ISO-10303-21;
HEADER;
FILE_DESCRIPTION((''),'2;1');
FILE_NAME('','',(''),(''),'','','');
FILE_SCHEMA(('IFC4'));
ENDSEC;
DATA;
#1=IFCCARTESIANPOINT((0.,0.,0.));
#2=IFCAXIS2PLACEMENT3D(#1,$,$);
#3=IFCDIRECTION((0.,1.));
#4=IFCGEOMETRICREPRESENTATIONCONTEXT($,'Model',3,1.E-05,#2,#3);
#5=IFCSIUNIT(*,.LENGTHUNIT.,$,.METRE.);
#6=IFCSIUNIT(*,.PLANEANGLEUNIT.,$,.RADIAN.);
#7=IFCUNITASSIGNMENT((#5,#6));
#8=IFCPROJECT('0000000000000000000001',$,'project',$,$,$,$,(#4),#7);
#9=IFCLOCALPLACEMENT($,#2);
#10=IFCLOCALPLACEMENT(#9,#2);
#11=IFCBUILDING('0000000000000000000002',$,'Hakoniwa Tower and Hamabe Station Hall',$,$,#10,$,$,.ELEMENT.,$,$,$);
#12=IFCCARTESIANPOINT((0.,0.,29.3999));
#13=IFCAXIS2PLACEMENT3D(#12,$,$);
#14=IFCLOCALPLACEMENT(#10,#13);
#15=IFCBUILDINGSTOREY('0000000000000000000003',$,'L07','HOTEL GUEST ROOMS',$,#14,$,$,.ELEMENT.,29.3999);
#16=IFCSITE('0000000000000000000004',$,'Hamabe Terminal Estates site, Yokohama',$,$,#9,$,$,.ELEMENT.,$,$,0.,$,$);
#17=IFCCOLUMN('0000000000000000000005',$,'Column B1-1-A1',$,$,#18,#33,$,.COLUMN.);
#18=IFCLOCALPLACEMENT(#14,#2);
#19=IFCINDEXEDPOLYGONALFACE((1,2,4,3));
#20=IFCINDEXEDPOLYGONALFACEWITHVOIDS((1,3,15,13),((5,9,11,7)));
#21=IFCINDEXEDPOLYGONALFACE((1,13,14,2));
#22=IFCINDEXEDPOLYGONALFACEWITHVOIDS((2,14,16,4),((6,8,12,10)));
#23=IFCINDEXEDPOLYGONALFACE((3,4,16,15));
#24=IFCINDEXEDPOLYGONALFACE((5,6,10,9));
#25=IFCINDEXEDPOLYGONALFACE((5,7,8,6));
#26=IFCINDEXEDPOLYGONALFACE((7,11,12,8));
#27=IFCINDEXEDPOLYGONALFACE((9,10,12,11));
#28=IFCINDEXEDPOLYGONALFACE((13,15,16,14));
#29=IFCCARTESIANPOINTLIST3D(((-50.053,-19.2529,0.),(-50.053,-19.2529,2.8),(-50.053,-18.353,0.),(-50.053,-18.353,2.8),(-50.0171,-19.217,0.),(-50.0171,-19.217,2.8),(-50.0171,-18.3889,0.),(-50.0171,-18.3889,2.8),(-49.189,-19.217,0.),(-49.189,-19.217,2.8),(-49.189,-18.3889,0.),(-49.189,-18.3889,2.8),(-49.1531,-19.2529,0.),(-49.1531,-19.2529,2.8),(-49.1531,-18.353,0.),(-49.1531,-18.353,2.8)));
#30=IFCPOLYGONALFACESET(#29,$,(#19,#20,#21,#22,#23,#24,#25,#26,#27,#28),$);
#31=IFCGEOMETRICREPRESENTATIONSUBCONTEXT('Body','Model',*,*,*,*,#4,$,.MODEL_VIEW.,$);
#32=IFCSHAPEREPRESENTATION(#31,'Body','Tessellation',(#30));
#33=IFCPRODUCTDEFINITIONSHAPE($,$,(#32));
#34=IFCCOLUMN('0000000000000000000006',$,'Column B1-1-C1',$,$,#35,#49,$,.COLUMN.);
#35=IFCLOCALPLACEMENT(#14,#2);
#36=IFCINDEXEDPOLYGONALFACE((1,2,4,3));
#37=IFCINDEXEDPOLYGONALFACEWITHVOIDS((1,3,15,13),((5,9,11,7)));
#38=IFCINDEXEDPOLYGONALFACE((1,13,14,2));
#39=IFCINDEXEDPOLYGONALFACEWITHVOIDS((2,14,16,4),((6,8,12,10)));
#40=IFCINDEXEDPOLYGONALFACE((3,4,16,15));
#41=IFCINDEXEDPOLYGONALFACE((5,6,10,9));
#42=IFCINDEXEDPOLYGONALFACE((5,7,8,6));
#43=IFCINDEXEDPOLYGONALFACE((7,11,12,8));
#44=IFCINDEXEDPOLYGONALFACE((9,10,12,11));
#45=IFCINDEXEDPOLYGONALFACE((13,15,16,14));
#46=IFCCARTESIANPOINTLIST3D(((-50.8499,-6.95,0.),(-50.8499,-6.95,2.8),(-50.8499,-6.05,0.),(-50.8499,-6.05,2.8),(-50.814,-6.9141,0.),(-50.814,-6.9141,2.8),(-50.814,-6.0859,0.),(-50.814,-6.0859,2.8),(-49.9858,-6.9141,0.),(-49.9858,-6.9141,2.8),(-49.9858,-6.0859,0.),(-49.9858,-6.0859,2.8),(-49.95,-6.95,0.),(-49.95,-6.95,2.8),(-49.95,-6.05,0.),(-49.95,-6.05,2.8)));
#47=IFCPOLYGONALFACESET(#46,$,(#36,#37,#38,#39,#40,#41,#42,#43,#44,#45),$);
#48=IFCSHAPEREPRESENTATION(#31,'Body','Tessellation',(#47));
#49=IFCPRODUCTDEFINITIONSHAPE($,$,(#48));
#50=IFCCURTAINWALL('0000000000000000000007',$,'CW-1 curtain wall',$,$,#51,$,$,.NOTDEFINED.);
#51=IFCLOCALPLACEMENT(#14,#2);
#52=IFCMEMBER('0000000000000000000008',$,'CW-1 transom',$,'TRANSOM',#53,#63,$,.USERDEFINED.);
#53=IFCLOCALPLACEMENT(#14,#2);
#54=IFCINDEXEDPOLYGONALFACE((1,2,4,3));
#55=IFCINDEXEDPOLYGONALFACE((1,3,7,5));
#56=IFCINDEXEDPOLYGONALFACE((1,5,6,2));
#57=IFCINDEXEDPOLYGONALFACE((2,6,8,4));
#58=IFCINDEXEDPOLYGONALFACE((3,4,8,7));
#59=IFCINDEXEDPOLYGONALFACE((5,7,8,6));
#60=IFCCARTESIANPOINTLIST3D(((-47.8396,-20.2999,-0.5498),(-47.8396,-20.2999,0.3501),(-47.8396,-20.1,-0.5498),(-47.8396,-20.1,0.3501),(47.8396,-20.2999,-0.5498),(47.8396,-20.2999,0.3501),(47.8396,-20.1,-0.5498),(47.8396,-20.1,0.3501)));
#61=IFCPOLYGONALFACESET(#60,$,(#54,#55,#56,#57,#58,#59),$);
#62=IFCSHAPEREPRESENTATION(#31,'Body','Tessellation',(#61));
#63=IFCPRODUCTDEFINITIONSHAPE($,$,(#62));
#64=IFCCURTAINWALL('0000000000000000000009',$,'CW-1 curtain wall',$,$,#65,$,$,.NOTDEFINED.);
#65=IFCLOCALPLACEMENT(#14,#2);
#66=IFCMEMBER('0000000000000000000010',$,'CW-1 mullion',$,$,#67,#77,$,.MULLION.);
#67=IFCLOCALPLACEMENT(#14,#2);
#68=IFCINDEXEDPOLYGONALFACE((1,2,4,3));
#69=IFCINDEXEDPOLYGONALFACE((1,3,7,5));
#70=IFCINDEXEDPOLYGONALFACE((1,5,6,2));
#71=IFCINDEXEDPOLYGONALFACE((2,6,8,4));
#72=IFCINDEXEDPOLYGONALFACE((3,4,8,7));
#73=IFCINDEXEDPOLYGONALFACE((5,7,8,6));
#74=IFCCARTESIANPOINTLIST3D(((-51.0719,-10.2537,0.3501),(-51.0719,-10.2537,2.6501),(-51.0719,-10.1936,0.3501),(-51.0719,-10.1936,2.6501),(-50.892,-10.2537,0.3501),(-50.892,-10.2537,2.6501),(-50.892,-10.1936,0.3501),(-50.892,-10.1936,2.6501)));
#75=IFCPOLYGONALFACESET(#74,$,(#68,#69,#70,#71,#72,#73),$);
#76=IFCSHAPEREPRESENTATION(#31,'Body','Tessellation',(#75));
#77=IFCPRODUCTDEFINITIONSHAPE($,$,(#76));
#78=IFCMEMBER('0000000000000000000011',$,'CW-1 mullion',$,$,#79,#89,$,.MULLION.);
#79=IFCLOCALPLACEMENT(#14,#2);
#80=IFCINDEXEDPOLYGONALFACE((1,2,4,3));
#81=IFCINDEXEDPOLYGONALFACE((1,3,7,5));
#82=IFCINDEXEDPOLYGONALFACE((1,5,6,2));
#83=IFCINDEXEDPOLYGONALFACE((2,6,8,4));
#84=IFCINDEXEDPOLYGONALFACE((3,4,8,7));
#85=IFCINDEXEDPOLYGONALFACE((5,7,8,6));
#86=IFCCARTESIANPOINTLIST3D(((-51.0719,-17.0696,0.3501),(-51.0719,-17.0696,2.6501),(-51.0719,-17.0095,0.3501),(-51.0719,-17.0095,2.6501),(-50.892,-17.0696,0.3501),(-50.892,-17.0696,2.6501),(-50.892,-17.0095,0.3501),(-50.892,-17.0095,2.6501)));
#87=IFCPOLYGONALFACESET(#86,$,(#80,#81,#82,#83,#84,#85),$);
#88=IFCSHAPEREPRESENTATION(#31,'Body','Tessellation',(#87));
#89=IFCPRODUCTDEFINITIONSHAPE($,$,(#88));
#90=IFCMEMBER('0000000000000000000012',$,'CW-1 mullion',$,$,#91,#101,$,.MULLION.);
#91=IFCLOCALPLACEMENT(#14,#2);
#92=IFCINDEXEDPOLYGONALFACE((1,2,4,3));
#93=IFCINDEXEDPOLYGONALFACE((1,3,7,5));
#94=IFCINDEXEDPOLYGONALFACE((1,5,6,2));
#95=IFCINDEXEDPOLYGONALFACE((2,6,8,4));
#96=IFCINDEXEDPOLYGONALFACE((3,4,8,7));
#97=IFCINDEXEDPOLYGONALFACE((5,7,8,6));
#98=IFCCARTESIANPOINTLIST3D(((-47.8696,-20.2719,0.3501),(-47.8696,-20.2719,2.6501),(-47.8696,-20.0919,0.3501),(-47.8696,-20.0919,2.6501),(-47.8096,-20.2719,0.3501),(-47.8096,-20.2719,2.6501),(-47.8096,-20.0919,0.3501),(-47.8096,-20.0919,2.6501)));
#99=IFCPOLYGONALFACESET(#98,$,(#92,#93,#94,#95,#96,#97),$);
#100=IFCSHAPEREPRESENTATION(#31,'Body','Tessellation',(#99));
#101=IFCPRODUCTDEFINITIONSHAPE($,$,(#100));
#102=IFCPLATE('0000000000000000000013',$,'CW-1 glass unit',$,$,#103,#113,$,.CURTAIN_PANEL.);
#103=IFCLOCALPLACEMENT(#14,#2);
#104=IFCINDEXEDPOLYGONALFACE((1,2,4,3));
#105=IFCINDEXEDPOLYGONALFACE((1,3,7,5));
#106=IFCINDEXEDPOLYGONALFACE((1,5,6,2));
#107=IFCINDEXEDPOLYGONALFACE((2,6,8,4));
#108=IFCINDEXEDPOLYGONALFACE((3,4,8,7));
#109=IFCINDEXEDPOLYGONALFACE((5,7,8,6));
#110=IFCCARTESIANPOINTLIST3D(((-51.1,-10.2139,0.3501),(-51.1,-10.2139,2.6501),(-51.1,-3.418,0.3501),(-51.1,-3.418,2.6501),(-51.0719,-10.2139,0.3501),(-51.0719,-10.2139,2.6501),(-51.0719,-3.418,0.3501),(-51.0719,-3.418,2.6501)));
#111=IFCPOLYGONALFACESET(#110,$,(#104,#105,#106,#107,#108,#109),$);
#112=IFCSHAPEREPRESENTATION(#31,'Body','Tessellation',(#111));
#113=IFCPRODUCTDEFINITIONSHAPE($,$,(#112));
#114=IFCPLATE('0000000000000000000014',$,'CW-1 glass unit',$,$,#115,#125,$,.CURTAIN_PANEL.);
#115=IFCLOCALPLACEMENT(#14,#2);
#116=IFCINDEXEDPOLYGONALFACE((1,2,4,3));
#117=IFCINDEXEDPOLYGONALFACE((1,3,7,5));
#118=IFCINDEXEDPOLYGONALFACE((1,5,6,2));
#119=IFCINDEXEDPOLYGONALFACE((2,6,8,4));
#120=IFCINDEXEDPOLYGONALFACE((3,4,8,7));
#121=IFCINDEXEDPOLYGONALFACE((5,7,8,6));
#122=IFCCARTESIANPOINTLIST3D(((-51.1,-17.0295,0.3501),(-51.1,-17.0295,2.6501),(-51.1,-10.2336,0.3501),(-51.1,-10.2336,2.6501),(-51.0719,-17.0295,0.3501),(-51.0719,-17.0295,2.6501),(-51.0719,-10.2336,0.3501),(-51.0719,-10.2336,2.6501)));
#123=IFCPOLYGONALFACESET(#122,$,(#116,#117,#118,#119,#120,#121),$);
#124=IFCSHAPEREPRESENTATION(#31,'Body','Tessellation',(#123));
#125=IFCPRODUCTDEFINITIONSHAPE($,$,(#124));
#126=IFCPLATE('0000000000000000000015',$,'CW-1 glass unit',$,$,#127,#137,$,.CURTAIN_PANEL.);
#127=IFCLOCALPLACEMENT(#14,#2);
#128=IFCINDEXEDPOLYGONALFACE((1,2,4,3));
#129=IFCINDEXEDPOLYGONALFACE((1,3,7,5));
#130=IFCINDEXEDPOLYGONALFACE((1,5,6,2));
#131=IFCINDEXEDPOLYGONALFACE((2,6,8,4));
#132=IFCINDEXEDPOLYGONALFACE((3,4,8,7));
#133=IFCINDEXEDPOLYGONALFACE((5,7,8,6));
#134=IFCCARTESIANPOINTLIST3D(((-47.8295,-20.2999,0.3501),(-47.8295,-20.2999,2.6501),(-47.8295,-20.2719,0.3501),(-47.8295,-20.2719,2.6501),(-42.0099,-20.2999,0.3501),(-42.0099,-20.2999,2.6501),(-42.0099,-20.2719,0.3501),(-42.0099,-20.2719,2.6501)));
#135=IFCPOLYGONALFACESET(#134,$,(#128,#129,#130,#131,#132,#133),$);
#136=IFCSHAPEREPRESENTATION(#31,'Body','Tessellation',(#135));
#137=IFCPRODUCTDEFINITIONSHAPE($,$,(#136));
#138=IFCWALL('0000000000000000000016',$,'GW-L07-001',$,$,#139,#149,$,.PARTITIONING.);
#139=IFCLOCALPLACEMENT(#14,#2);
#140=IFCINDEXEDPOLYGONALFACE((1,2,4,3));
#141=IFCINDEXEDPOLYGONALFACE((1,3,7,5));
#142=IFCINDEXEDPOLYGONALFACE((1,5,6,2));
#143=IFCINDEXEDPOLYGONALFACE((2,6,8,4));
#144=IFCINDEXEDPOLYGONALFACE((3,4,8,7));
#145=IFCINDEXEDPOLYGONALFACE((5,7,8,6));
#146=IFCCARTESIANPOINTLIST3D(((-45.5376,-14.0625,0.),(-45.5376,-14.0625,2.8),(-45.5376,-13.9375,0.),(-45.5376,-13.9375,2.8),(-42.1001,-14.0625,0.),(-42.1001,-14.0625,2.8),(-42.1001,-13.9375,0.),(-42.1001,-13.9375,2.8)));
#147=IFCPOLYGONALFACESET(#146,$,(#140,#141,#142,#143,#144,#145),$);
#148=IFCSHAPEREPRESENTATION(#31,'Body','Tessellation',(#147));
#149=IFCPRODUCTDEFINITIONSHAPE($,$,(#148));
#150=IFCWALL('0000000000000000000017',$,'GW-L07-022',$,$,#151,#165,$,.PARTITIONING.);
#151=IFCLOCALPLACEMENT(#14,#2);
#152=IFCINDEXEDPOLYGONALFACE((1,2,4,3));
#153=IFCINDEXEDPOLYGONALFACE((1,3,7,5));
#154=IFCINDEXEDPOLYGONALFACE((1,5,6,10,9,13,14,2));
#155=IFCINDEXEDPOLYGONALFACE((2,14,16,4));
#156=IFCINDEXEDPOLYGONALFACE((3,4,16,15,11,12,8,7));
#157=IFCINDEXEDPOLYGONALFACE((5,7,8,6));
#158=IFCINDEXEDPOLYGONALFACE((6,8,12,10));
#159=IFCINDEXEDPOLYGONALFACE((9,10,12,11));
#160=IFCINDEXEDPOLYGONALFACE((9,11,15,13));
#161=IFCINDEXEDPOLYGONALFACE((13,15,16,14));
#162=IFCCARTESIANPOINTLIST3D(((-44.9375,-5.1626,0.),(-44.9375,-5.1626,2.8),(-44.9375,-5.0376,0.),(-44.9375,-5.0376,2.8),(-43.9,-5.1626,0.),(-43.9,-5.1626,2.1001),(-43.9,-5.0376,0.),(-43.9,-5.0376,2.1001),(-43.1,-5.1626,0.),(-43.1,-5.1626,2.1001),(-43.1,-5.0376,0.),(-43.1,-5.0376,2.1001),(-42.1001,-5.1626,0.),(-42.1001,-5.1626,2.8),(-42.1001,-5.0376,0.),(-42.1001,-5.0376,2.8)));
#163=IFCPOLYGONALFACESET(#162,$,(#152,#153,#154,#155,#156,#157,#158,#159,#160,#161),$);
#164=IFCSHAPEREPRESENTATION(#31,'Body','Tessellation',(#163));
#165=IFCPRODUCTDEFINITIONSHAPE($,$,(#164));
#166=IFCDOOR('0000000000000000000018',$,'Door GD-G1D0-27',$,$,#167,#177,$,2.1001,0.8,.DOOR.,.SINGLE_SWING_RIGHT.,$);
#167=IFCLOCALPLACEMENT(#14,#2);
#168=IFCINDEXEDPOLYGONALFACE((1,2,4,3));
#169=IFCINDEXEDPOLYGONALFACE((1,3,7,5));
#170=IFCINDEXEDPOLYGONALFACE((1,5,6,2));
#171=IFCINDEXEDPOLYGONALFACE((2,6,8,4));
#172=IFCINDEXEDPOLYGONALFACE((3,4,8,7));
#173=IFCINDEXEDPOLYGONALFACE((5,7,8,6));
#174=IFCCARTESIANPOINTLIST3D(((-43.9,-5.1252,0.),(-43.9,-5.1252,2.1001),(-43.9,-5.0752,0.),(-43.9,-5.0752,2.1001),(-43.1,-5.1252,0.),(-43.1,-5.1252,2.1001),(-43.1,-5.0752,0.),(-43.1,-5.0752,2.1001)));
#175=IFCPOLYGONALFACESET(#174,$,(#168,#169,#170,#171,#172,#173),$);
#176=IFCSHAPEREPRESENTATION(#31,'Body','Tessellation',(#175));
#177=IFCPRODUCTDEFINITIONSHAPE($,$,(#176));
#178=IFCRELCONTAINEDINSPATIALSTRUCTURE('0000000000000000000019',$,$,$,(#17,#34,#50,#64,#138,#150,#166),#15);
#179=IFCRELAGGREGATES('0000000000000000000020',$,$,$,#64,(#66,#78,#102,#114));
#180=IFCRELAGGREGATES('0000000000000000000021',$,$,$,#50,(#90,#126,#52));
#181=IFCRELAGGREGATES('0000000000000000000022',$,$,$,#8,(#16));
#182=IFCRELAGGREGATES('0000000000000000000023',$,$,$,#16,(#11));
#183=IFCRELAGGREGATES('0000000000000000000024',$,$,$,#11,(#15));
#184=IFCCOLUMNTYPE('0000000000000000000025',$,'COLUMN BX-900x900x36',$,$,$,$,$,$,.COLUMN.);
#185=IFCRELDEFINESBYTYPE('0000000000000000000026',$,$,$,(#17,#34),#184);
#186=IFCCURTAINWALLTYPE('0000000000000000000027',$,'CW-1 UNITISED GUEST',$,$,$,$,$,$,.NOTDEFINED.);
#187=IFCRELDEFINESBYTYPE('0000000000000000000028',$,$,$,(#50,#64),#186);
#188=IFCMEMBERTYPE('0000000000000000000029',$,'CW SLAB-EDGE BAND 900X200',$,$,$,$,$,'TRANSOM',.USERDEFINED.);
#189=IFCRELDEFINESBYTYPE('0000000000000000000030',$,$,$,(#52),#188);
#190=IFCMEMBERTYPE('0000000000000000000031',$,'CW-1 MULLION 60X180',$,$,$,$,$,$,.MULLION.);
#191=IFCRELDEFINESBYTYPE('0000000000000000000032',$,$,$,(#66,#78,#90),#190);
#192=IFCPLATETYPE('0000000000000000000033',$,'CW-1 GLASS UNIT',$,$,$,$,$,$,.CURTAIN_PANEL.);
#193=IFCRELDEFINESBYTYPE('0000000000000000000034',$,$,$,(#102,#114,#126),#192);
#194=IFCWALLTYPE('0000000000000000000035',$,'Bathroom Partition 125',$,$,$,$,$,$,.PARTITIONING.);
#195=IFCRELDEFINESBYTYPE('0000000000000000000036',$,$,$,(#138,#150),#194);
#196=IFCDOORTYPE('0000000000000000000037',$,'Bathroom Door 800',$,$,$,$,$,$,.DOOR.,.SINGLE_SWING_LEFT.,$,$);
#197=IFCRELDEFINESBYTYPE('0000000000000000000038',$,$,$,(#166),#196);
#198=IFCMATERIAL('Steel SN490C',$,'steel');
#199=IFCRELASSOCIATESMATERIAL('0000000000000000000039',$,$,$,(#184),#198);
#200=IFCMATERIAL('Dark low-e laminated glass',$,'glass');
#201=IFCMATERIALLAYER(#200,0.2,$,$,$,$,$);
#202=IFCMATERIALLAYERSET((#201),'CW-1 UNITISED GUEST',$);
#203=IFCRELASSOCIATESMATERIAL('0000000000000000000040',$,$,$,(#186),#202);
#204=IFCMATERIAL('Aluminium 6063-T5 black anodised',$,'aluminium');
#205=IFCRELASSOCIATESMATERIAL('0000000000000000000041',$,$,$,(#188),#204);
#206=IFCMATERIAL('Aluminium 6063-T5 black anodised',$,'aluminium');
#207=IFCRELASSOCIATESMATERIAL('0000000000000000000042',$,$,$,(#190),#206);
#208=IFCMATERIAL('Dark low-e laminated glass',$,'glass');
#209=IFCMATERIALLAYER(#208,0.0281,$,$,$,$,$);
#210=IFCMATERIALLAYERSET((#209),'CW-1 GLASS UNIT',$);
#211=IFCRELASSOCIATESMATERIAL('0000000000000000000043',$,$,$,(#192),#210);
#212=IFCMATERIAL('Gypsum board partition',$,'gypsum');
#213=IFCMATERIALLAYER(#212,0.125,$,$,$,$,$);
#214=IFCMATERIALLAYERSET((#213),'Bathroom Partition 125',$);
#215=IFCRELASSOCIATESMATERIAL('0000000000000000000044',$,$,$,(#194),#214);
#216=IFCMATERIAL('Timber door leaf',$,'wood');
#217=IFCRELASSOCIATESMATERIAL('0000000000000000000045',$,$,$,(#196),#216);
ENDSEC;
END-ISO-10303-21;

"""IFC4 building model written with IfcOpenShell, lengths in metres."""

from ifc_helpers import new_model, si_unit, direction, frame, frame_2d, origin, origin_2d, place, context, subcontext, project, spatial, rectangle, hollow_rectangle, extrude, material, layer, layer_set, material_profile, profile_set, type_object, element, fill, aggregate, save


model = new_model("IFC4")

# Units and contexts
model_context = context("Model", 3, precision=1e-05, world=origin(), true_north=direction((0.0, 1.0)))
body_context = subcontext(model_context, "Body", "Model", "MODEL_VIEW")
ifc_project = project(units=[si_unit("LENGTHUNIT", "METRE"), si_unit("PLANEANGLEUNIT", "RADIAN")], contexts=[model_context])

# Site, building, storey
site_placement = place(None, origin())
site = spatial("IfcSite", under=ifc_project, at=site_placement, Name="Hamabe Terminal Estates site, Yokohama", CompositionType="ELEMENT", RefElevation=0.0)
building_placement = place(site_placement, origin())
building = spatial("IfcBuilding", under=site, at=building_placement, Name="Hakoniwa Tower and Hamabe Station Hall", CompositionType="ELEMENT")
storey_placement = place(building_placement, frame((0.0, 0.0, 29.3999)))
storey = spatial("IfcBuildingStorey", under=building, at=storey_placement, Name="L07", Description="HOTEL GUEST ROOMS", CompositionType="ELEMENT", Elevation=29.3999)

# Columns
ifc_material_1 = material(Name="Steel SN490C", Category="steel")
ifc_material_profile_1 = material_profile(ifc_material_1, hollow_rectangle(XDim=0.8999, YDim=0.8999, WallThickness=0.0359, at=origin_2d()), Name="BX-900x900x36")
ifc_profile_set_1 = profile_set([ifc_material_profile_1], Name="Steel SN490C")
column_type = type_object("IfcColumnType", Name="COLUMN BX-900x900x36", PredefinedType="COLUMN", material=ifc_profile_set_1)
for number, where, z_axis, x_axis, name in (
    (1, (-49.603, -18.803, 0.0), (0.0, 0.0, 1.0), (1.0, 0.0, 0.0), "Column B1-1-A1"),
    (2, (-50.3999, -6.5, 0.0), (0.0, 0.0, 1.0), (1.0, 0.0, 0.0), "Column B1-1-C1"),
):
    element("IfcColumn", number, at=place(storey_placement, frame(where, z_axis=z_axis, x_axis=x_axis)), inside=storey, type_object=column_type, Name=name, PredefinedType="COLUMN", context=body_context, shape_type="SweptSolid", body=[
        extrude(hollow_rectangle(XDim=0.8999, YDim=0.8999, WallThickness=0.0359, at=origin_2d()), origin(), (0.0, 0.0, 1.0), 2.8),
    ])

# Curtain wall, member
ifc_material_2 = material(Name="Dark low-e laminated glass", Category="glass")
ifc_layer_1 = layer(ifc_material_2, 0.2)
ifc_layer_set_1 = layer_set([ifc_layer_1], Name="CW-1 UNITISED GUEST")
curtain_wall_type = type_object("IfcCurtainWallType", Name="CW-1 UNITISED GUEST", PredefinedType="NOTDEFINED", material=ifc_layer_set_1)
curtain_wall_1_placement = place(storey_placement, origin())
curtain_wall_1 = element("IfcCurtainWall", 3, at=curtain_wall_1_placement, inside=storey, type_object=curtain_wall_type, Name="CW-1 curtain wall", PredefinedType="NOTDEFINED")
ifc_material_3 = material(Name="Aluminium 6063-T5 black anodised", Category="aluminium")
ifc_material_profile_2 = material_profile(ifc_material_3, rectangle(XDim=0.2, YDim=0.8999, at=origin_2d()), Name="CW SLAB-EDGE BAND 900X200")
ifc_profile_set_2 = profile_set([ifc_material_profile_2], Name="Aluminium 6063-T5 black anodised")
member_type_1 = type_object("IfcMemberType", Name="CW SLAB-EDGE BAND 900X200", ElementType="TRANSOM", PredefinedType="USERDEFINED", material=ifc_profile_set_2)
member_1_placement = place(storey_placement, frame((-47.8396, -20.2, -0.0999), z_axis=(1.0, 0.0, 0.0), x_axis=(0.0, 1.0, 0.0)))
member_1 = element("IfcMember", 4, at=member_1_placement, type_object=member_type_1, Name="CW-1 transom", ObjectType="TRANSOM", PredefinedType="USERDEFINED", context=body_context, shape_type="SweptSolid", body=[
    extrude(rectangle(XDim=0.2, YDim=0.8999, at=origin_2d()), origin(), (0.0, 0.0, 1.0), 95.6792),
])

# Curtain wall, members
curtain_wall_2_placement = place(storey_placement, origin())
curtain_wall_2 = element("IfcCurtainWall", 5, at=curtain_wall_2_placement, inside=storey, type_object=curtain_wall_type, Name="CW-1 curtain wall", PredefinedType="NOTDEFINED")
ifc_material_4 = material(Name="Aluminium 6063-T5 black anodised", Category="aluminium")
ifc_material_profile_3 = material_profile(ifc_material_4, rectangle(XDim=0.0601, YDim=0.1799, at=origin_2d()), Name="CW-1 MULLION 60X180")
ifc_profile_set_3 = profile_set([ifc_material_profile_3], Name="Aluminium 6063-T5 black anodised")
member_type_2 = type_object("IfcMemberType", Name="CW-1 MULLION 60X180", PredefinedType="MULLION", material=ifc_profile_set_3)
member_2_placement = place(storey_placement, frame((-50.9819, -10.2236, 0.3501), z_axis=(0.0, 0.0, 1.0), x_axis=(0.0, -1.0, 0.0)))
member_2 = element("IfcMember", 6, at=member_2_placement, type_object=member_type_2, Name="CW-1 mullion", PredefinedType="MULLION", context=body_context, shape_type="SweptSolid", body=[
    extrude(rectangle(XDim=0.0601, YDim=0.1799, at=origin_2d()), origin(), (0.0, 0.0, 1.0), 2.3),
])
member_3_placement = place(storey_placement, frame((-50.9819, -17.0396, 0.3501), z_axis=(0.0, 0.0, 1.0), x_axis=(0.0, -1.0, 0.0)))
member_3 = element("IfcMember", 7, at=member_3_placement, type_object=member_type_2, Name="CW-1 mullion", PredefinedType="MULLION", context=body_context, shape_type="SweptSolid", body=[
    extrude(rectangle(XDim=0.0601, YDim=0.1799, at=origin_2d()), origin(), (0.0, 0.0, 1.0), 2.3),
])

# Member
member_4_placement = place(storey_placement, frame((-47.8396, -20.1819, 0.3501), z_axis=(0.0, 0.0, 1.0), x_axis=(1.0, 0.0, 0.0)))
member_4 = element("IfcMember", 8, at=member_4_placement, type_object=member_type_2, Name="CW-1 mullion", PredefinedType="MULLION", context=body_context, shape_type="SweptSolid", body=[
    extrude(rectangle(XDim=0.0601, YDim=0.1799, at=origin_2d()), origin(), (0.0, 0.0, 1.0), 2.3),
])

# Plates
ifc_material_5 = material(Name="Dark low-e laminated glass", Category="glass")
ifc_layer_2 = layer(ifc_material_5, 0.0281)
ifc_layer_set_2 = layer_set([ifc_layer_2], Name="CW-1 GLASS UNIT")
plate_type = type_object("IfcPlateType", Name="CW-1 GLASS UNIT", PredefinedType="CURTAIN_PANEL", material=ifc_layer_set_2)
plate_1_placement = place(storey_placement, frame((-51.0859, -6.8159, 0.3501), z_axis=(0.0, 0.0, 1.0), x_axis=(0.0, -1.0, 0.0)))
plate_1 = element("IfcPlate", 9, at=plate_1_placement, type_object=plate_type, Name="CW-1 glass unit", PredefinedType="CURTAIN_PANEL", context=body_context, shape_type="SweptSolid", body=[
    extrude(rectangle(XDim=6.7959, YDim=0.0281, at=origin_2d()), origin(), (0.0, 0.0, 1.0), 2.3),
])
plate_2_placement = place(storey_placement, frame((-51.0859, -13.6316, 0.3501), z_axis=(0.0, 0.0, 1.0), x_axis=(0.0, -1.0, 0.0)))
plate_2 = element("IfcPlate", 10, at=plate_2_placement, type_object=plate_type, Name="CW-1 glass unit", PredefinedType="CURTAIN_PANEL", context=body_context, shape_type="SweptSolid", body=[
    extrude(rectangle(XDim=6.7959, YDim=0.0281, at=origin_2d()), origin(), (0.0, 0.0, 1.0), 2.3),
])
aggregate(curtain_wall_2, [member_2, member_3, plate_1, plate_2])
plate_3_placement = place(storey_placement, frame((-44.9197, -20.2859, 0.3501), z_axis=(0.0, 0.0, 1.0), x_axis=(1.0, 0.0, 0.0)))
plate_3 = element("IfcPlate", 11, at=plate_3_placement, type_object=plate_type, Name="CW-1 glass unit", PredefinedType="CURTAIN_PANEL", context=body_context, shape_type="SweptSolid", body=[
    extrude(rectangle(XDim=5.8196, YDim=0.0281, at=origin_2d()), origin(), (0.0, 0.0, 1.0), 2.3),
])
aggregate(curtain_wall_1, [member_4, plate_3, member_1])

# Wall
ifc_material_6 = material(Name="Gypsum board partition", Category="gypsum")
ifc_layer_3 = layer(ifc_material_6, 0.125)
ifc_layer_set_3 = layer_set([ifc_layer_3], Name="Bathroom Partition 125")
wall_type_1 = type_object("IfcWallType", Name="Bathroom Partition 125", PredefinedType="PARTITIONING", material=ifc_layer_set_3)
wall_1_placement = place(storey_placement, frame((-45.5376, -14.0, 0.0), z_axis=(0.0, 0.0, 1.0), x_axis=(1.0, 0.0, 0.0)))
element("IfcWall", 12, at=wall_1_placement, inside=storey, type_object=wall_type_1, Name="GW-L07-001", PredefinedType="PARTITIONING", context=body_context, shape_type="SweptSolid", body=[
    extrude(rectangle(XDim=3.4375, YDim=0.125, at=frame_2d((1.7188, 0.0))), origin(), (0.0, 0.0, 1.0), 2.8),
])

# Wall, opening, door
wall_2_placement = place(storey_placement, frame((-44.9375, -5.1001, 0.0), z_axis=(0.0, 0.0, 1.0), x_axis=(1.0, 0.0, 0.0)))
wall_2 = element("IfcWall", 13, at=wall_2_placement, inside=storey, type_object=wall_type_1, Name="GW-L07-022", PredefinedType="PARTITIONING", context=body_context, shape_type="SweptSolid", body=[
    extrude(rectangle(XDim=2.8374, YDim=0.125, at=frame_2d((1.4187, 0.0))), origin(), (0.0, 0.0, 1.0), 2.8),
])
opening_1_placement = place(wall_2_placement, frame((1.0376, 0.0, 0.0)))
opening_1 = element("IfcOpeningElement", 14, at=opening_1_placement, cuts=wall_2, PredefinedType="OPENING", context=body_context, shape_type="SweptSolid", body=[
    extrude(rectangle(XDim=0.8, YDim=2.1001, at=frame_2d((0.3999, 1.05))), frame((0.0, 0.0725, 0.0), z_axis=(0.0, -1.0, 0.0), x_axis=(1.0, 0.0, 0.0)), (0.0, 0.0, 1.0), 0.145),
])
ifc_material_7 = material(Name="Timber door leaf", Category="wood")
door_type_1 = type_object("IfcDoorType", Name="Bathroom Door 800", OperationType="SINGLE_SWING_LEFT", PredefinedType="DOOR", material=ifc_material_7)
door_1_placement = place(opening_1_placement, origin())
door_1 = element("IfcDoor", 15, at=door_1_placement, inside=storey, type_object=door_type_1, Name="Door GD-G1D0-27", OperationType="SINGLE_SWING_RIGHT", OverallHeight=2.1001, OverallWidth=0.8, PredefinedType="DOOR", context=body_context, shape_type="SweptSolid", body=[
    extrude(rectangle(XDim=0.8, YDim=2.1001, at=frame_2d((0.3999, 1.05))), frame((0.0, 0.0249, 0.0), z_axis=(0.0, -1.0, 0.0), x_axis=(1.0, 0.0, 0.0)), (0.0, 0.0, 1.0), 0.05),
])
fill(opening_1, door_1)

save(model, "model.ifc")
